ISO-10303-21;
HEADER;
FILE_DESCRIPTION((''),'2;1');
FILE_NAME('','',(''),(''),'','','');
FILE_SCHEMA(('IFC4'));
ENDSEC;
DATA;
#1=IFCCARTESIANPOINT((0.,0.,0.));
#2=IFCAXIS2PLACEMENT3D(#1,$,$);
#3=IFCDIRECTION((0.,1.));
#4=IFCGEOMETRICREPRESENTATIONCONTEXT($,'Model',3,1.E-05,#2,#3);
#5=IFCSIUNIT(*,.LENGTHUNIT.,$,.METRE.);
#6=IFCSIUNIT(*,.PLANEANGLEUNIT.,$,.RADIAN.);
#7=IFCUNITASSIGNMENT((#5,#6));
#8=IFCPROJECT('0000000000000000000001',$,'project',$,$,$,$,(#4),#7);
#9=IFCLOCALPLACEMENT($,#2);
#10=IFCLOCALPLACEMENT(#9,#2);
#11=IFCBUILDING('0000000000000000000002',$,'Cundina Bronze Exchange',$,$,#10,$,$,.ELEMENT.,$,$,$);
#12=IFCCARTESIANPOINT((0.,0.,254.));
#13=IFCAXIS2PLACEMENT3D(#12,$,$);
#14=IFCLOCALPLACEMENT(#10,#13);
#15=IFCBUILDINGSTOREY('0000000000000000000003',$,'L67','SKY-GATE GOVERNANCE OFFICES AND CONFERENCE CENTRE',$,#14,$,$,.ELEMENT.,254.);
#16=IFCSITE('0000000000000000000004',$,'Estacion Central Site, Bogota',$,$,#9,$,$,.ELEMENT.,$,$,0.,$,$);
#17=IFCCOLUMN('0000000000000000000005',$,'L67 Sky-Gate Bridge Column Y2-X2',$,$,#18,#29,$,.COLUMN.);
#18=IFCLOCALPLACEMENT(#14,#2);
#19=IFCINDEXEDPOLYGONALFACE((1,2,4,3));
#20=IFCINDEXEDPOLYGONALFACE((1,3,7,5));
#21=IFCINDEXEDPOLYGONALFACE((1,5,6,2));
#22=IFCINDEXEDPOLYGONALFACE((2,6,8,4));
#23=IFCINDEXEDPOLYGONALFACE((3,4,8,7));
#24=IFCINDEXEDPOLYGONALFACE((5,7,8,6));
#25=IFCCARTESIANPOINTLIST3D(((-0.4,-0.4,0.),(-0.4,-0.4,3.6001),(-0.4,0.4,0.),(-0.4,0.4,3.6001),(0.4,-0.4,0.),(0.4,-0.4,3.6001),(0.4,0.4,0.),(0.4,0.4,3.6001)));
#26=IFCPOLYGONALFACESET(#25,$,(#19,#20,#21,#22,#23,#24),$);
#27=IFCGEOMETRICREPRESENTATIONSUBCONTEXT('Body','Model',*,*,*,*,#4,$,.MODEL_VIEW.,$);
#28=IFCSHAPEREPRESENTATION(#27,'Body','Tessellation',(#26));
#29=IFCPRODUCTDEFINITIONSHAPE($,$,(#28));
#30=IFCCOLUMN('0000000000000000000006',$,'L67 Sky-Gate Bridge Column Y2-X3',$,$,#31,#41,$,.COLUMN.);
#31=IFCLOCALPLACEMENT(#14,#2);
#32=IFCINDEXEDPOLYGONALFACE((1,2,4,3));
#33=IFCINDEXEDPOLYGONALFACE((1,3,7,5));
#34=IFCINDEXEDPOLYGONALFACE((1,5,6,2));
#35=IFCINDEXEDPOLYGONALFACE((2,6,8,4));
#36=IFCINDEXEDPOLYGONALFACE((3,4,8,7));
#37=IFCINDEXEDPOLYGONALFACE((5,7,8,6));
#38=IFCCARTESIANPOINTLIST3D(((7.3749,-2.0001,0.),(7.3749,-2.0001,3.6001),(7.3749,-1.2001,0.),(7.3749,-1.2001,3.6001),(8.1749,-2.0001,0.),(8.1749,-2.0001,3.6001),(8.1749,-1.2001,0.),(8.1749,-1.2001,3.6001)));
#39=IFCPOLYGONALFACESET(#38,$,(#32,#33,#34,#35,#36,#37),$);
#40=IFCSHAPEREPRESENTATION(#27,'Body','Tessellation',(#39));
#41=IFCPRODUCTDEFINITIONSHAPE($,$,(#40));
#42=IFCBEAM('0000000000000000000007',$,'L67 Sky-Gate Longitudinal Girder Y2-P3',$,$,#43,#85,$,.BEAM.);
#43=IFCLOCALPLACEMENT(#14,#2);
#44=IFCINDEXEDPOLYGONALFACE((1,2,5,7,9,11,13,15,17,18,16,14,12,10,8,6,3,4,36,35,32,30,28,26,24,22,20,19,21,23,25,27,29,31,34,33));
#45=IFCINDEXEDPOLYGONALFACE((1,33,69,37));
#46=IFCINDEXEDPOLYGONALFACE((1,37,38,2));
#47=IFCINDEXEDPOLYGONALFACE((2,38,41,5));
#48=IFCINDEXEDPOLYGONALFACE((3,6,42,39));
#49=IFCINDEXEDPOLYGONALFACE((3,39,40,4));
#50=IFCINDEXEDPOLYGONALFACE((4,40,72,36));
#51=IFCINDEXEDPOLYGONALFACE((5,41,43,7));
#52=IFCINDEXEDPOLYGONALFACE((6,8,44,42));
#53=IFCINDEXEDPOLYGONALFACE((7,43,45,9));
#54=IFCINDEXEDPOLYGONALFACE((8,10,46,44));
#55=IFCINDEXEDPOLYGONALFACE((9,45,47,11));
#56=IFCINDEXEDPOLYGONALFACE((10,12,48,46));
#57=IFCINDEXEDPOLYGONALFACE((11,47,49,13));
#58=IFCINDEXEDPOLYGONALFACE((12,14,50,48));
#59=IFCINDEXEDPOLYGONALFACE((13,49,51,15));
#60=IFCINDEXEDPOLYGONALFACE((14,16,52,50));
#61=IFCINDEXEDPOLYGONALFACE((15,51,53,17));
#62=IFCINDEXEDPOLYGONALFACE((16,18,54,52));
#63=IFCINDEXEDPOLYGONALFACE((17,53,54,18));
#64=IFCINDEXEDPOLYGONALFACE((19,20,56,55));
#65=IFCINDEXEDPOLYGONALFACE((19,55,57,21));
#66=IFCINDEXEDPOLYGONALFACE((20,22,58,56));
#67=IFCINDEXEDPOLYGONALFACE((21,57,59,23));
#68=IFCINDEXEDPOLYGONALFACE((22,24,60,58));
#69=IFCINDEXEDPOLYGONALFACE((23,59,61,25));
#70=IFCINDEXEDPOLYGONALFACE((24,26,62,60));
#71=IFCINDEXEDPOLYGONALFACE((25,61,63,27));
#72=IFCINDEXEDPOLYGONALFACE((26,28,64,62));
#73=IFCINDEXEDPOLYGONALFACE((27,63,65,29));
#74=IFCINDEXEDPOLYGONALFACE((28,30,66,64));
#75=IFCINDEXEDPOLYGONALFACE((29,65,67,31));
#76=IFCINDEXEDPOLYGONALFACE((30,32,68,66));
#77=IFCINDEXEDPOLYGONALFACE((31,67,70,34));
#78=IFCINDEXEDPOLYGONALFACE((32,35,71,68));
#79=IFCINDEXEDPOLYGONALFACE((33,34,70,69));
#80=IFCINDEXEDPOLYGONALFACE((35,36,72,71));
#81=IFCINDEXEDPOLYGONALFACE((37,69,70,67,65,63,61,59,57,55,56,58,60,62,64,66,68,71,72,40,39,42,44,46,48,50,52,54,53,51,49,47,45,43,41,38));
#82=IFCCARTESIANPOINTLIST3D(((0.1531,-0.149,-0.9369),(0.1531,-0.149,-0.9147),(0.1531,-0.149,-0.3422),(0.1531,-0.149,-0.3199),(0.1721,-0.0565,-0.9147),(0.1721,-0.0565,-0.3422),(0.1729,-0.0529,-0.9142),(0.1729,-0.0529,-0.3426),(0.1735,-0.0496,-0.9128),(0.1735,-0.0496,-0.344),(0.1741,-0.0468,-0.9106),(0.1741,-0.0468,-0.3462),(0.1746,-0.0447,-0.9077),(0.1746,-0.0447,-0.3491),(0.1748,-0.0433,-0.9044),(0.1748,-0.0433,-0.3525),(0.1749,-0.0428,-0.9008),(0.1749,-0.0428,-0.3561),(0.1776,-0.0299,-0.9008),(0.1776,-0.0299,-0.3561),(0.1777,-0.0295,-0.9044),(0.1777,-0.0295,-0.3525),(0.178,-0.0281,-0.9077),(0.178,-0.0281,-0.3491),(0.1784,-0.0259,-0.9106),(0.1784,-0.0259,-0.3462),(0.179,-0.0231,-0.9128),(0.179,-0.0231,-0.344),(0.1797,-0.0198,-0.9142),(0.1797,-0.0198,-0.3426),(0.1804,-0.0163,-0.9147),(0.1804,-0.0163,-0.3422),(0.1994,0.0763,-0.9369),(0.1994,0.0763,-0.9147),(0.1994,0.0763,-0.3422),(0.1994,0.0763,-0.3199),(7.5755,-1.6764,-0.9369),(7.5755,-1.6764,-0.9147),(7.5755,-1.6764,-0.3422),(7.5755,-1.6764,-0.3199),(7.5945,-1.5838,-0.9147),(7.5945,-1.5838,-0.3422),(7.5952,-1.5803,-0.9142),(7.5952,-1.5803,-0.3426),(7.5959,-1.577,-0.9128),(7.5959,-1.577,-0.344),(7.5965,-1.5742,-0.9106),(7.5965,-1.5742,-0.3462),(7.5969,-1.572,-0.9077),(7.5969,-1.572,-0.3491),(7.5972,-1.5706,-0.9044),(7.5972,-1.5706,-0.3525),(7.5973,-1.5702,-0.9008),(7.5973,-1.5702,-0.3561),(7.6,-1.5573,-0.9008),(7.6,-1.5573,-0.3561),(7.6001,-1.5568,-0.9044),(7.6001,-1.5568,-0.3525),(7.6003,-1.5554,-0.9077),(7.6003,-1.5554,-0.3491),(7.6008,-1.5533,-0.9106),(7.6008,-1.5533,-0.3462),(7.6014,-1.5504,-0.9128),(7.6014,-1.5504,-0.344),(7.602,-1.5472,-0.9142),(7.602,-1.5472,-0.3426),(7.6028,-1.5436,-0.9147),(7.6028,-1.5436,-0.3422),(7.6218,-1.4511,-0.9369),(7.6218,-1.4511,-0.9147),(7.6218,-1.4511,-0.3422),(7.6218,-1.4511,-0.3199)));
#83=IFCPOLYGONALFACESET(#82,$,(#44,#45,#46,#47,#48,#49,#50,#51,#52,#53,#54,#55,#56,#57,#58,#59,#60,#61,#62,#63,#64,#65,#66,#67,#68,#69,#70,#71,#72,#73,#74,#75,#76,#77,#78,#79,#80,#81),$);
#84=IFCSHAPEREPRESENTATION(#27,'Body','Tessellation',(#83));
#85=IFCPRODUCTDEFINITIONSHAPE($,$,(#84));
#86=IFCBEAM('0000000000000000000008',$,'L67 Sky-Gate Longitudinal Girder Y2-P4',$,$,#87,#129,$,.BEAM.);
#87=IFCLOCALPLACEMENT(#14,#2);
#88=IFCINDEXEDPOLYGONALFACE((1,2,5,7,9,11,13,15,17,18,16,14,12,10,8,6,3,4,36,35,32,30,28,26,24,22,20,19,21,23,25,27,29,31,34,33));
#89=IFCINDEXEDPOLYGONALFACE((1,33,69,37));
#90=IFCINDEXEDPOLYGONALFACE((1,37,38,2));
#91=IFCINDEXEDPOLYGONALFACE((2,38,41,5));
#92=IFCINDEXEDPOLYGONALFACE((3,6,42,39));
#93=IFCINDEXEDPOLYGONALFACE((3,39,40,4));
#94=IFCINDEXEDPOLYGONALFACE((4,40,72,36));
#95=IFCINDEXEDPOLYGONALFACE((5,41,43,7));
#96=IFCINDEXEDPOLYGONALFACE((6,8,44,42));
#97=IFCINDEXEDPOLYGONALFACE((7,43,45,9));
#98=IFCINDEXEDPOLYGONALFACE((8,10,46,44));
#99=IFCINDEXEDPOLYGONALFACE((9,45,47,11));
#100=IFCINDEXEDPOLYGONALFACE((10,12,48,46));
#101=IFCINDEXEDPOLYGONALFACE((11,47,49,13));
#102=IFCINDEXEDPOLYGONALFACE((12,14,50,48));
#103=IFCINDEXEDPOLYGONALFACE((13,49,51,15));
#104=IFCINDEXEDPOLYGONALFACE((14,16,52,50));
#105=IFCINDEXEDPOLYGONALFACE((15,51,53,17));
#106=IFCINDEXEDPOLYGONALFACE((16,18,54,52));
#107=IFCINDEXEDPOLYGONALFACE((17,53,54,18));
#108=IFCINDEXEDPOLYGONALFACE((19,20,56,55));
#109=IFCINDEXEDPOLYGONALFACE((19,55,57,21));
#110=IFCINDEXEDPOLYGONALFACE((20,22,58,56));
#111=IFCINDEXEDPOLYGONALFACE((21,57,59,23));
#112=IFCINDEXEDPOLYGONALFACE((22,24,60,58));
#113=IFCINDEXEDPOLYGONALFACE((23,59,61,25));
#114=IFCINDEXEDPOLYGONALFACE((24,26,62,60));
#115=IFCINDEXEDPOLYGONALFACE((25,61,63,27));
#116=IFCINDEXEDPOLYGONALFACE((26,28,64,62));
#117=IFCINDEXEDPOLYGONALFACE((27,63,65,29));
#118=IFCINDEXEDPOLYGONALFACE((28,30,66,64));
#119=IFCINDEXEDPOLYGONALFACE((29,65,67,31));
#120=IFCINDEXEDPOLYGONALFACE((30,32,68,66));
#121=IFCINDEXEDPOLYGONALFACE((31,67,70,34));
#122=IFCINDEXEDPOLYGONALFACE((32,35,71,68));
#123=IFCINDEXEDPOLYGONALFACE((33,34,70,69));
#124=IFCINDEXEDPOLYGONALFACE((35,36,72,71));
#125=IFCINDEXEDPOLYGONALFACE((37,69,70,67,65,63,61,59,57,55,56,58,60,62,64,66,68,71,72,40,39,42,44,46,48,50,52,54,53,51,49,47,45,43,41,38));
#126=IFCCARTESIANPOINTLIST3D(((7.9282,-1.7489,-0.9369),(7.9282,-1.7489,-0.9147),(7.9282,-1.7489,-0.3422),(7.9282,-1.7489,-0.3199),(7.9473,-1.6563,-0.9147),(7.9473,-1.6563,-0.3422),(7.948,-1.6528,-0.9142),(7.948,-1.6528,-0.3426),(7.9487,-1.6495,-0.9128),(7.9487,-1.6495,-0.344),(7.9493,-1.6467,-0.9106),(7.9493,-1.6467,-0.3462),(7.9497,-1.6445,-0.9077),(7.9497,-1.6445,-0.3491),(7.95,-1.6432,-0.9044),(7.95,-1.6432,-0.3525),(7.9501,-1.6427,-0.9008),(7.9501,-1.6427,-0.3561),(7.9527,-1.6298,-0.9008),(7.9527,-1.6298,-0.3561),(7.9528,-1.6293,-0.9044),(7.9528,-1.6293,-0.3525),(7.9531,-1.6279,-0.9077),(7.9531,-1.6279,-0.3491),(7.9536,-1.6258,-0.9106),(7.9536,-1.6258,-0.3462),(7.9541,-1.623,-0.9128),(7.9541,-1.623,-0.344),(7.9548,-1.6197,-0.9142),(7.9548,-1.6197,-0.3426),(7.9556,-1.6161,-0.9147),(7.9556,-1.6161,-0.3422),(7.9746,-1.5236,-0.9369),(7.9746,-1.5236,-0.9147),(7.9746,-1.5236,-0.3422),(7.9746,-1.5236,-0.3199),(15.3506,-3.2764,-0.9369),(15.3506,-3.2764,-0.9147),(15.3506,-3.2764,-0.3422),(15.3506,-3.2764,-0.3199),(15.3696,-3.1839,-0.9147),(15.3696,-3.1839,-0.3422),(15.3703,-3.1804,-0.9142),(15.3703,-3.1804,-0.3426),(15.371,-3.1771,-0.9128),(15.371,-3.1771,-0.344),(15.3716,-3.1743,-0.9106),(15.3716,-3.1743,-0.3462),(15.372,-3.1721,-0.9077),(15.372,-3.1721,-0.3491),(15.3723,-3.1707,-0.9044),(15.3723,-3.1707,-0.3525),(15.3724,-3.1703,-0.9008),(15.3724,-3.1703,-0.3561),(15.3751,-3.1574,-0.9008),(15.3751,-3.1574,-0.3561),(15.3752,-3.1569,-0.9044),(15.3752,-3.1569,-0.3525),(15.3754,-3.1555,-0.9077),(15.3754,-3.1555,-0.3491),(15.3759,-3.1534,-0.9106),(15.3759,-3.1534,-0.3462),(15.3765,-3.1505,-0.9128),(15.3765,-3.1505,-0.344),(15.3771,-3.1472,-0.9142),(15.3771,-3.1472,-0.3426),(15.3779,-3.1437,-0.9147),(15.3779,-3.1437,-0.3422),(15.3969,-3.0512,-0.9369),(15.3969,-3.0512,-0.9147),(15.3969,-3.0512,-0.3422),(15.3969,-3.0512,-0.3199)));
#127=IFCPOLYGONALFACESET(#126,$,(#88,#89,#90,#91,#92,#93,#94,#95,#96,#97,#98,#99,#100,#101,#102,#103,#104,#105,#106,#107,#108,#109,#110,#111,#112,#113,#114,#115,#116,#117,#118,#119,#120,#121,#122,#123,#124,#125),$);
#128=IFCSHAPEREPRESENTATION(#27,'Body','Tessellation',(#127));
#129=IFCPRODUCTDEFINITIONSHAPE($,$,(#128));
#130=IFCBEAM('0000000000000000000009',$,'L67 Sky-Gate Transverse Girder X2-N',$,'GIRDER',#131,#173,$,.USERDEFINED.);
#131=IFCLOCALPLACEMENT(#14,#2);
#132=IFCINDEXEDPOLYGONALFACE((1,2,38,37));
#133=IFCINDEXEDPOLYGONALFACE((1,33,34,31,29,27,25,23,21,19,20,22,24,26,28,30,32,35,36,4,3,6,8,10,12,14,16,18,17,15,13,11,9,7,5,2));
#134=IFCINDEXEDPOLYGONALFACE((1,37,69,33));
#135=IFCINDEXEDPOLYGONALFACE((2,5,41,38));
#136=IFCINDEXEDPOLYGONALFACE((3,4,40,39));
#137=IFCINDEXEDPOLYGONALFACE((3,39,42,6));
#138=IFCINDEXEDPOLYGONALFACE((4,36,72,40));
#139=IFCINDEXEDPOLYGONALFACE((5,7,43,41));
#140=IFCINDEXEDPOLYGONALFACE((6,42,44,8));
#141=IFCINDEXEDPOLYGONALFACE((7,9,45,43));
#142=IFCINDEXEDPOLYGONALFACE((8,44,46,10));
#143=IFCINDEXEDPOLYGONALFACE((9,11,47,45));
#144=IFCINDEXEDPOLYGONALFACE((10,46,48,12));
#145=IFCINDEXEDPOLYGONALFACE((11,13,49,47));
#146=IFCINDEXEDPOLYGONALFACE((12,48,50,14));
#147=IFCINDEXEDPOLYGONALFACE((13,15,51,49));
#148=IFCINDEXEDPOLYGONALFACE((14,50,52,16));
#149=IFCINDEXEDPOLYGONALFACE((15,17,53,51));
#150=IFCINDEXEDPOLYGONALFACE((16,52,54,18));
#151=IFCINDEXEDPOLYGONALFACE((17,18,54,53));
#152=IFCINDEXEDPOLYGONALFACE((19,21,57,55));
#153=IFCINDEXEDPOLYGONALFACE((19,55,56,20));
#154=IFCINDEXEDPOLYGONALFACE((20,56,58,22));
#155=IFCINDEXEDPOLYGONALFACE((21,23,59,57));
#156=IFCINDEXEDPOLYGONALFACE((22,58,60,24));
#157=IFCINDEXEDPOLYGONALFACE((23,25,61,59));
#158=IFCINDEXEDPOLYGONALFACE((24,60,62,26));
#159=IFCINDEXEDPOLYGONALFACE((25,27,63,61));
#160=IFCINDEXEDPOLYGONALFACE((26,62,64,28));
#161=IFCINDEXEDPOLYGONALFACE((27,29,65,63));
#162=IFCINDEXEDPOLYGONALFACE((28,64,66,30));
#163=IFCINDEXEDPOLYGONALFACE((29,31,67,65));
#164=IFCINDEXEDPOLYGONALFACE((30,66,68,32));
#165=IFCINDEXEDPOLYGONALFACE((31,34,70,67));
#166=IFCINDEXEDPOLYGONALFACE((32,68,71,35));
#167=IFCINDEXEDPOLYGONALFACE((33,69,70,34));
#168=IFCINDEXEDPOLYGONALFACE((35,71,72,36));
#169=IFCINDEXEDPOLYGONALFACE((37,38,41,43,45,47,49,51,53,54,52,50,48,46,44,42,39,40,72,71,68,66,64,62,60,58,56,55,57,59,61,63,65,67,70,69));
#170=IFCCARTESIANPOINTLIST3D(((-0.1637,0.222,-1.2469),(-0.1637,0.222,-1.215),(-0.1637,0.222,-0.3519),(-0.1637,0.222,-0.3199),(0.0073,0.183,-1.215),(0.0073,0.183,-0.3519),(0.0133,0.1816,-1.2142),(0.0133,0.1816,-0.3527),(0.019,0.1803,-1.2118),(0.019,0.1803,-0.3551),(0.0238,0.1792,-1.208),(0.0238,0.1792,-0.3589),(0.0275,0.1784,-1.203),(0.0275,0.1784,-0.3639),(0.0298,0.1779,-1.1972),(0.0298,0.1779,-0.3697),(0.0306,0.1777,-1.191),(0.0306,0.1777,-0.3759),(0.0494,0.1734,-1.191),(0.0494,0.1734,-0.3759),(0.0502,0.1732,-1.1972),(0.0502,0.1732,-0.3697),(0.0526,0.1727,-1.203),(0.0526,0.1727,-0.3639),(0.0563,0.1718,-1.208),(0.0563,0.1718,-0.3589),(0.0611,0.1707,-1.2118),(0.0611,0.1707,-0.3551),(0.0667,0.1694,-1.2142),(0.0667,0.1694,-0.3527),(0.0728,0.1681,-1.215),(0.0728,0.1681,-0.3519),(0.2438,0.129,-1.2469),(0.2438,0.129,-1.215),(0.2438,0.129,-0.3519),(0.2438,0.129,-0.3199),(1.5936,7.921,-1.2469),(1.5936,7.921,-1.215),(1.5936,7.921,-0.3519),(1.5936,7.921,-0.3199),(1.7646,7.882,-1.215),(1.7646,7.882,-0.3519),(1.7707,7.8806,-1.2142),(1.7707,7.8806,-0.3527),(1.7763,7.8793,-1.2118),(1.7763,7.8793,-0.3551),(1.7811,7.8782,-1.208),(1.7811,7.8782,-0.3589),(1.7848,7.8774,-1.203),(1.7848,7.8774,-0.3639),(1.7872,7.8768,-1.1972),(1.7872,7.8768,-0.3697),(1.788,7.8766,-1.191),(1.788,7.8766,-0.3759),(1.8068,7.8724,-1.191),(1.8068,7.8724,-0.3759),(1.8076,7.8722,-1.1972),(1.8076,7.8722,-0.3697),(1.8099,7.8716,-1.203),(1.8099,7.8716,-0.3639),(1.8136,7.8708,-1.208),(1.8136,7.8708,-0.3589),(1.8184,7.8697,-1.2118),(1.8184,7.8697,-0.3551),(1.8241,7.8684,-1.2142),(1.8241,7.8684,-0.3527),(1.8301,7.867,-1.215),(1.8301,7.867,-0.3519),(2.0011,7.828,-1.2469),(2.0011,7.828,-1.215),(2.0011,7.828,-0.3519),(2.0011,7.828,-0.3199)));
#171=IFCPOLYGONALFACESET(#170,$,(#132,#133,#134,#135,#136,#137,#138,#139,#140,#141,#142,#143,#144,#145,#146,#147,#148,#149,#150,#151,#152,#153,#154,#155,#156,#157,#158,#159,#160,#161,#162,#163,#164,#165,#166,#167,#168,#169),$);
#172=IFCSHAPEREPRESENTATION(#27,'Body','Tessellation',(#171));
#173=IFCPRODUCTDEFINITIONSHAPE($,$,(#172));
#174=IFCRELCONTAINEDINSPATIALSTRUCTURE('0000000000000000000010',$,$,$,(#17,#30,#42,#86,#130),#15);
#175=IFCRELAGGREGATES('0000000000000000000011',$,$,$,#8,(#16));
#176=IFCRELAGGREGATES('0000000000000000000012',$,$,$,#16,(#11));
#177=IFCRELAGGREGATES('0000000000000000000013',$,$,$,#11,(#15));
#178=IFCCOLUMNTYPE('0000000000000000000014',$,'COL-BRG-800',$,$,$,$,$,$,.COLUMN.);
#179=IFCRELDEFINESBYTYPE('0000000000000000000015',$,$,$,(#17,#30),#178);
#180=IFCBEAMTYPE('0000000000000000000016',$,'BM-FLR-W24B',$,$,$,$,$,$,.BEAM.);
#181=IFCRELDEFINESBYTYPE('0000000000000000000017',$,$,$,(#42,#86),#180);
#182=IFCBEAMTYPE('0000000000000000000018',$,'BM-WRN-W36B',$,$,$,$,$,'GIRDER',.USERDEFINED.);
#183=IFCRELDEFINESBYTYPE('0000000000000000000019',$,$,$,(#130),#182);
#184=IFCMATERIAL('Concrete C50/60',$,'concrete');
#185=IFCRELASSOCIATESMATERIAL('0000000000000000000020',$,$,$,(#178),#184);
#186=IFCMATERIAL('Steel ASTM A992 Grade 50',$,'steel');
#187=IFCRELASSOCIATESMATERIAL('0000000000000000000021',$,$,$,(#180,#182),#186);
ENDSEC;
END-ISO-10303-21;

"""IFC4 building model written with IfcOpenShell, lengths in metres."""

from ifc_helpers import new_model, si_unit, direction, frame, origin, origin_2d, place, context, subcontext, project, spatial, rectangle, i_section, extrude, material, material_profile, profile_set, type_object, element, save


model = new_model("IFC4")

# Units and contexts
model_context = context("Model", 3, precision=1e-05, world=origin(), true_north=direction((0.0, 1.0)))
body_context = subcontext(model_context, "Body", "Model", "MODEL_VIEW")
ifc_project = project(units=[si_unit("LENGTHUNIT", "METRE"), si_unit("PLANEANGLEUNIT", "RADIAN")], contexts=[model_context])

# Site, building, storey
site_placement = place(None, origin())
site = spatial("IfcSite", under=ifc_project, at=site_placement, Name="Estacion Central Site, Bogota", CompositionType="ELEMENT", RefElevation=0.0)
building_placement = place(site_placement, origin())
building = spatial("IfcBuilding", under=site, at=building_placement, Name="Cundina Bronze Exchange", CompositionType="ELEMENT")
storey_placement = place(building_placement, frame((0.0, 0.0, 254.0)))
storey = spatial("IfcBuildingStorey", under=building, at=storey_placement, Name="L67", Description="SKY-GATE GOVERNANCE OFFICES AND CONFERENCE CENTRE", CompositionType="ELEMENT", Elevation=254.0)

# Columns
ifc_material_1 = material(Name="Concrete C50/60", Category="concrete")
ifc_material_profile_1 = material_profile(ifc_material_1, rectangle(XDim=0.8, YDim=0.8, at=origin_2d()), Name="RC800X800", Category="concrete")
ifc_profile_set_1 = profile_set([ifc_material_profile_1], Name="Concrete C50/60")
column_type = type_object("IfcColumnType", Name="COL-BRG-800", PredefinedType="COLUMN", material=ifc_profile_set_1)
for number, where, z_axis, x_axis, name in (
    (1, (0.0, 0.0, 0.0), (0.0, 0.0, 1.0), (1.0, 0.0, 0.0), "L67 Sky-Gate Bridge Column Y2-X2"),
    (2, (7.7749, -1.6001, 0.0), (0.0, 0.0, 1.0), (1.0, 0.0, 0.0), "L67 Sky-Gate Bridge Column Y2-X3"),
):
    element("IfcColumn", number, at=place(storey_placement, frame(where, z_axis=z_axis, x_axis=x_axis)), inside=storey, type_object=column_type, Name=name, PredefinedType="COLUMN", context=body_context, shape_type="SweptSolid", body=[
        extrude(rectangle(XDim=0.8, YDim=0.8, at=origin_2d()), origin(), (0.0, 0.0, 1.0), 3.6001),
    ])

# Beams
ifc_material_2 = material(Name="Steel ASTM A992 Grade 50", Category="steel")
ifc_material_profile_2 = material_profile(ifc_material_2, i_section(OverallWidth=0.23, OverallDepth=0.6169, WebThickness=0.0132, FlangeThickness=0.0222, FilletRadius=0.0139, at=origin_2d()), Name="W24X94", Category="steel")
ifc_profile_set_2 = profile_set([ifc_material_profile_2], Name="Steel ASTM A992 Grade 50")
beam_type_1 = type_object("IfcBeamType", Name="BM-FLR-W24B", PredefinedType="BEAM", material=ifc_profile_set_2)
for number, where, z_axis, x_axis, name in (
    (3, (0.1763, -0.0364, -0.6284), (0.979478, -0.201553, 0.0), (0.201553, 0.979478, 0.0), "L67 Sky-Gate Longitudinal Girder Y2-P3"),
    (4, (7.9514, -1.6362, -0.6284), (0.979471, -0.201584, 0.0), (0.201584, 0.979471, 0.0), "L67 Sky-Gate Longitudinal Girder Y2-P4"),
):
    element("IfcBeam", number, at=place(storey_placement, frame(where, z_axis=z_axis, x_axis=x_axis)), inside=storey, type_object=beam_type_1, Name=name, PredefinedType="BEAM", context=body_context, shape_type="SweptSolid", body=[
        extrude(i_section(OverallWidth=0.23, OverallDepth=0.6169, WebThickness=0.0132, FlangeThickness=0.0222, FilletRadius=0.0139, at=origin_2d()), origin(), (0.0, 0.0, 1.0), 7.5779),
    ])
ifc_material_profile_3 = material_profile(ifc_material_2, i_section(OverallWidth=0.418, OverallDepth=0.927, WebThickness=0.0193, FlangeThickness=0.032, FilletRadius=0.0239, at=origin_2d()), Name="W36X231", Category="steel")
ifc_profile_set_3 = profile_set([ifc_material_profile_3], Name="Steel ASTM A992 Grade 50")
beam_type_2 = type_object("IfcBeamType", Name="BM-WRN-W36B", ElementType="GIRDER", PredefinedType="USERDEFINED", material=ifc_profile_set_3)
beam_1_placement = place(storey_placement, frame((0.04, 0.1755, -0.7834), z_axis=(0.222531, 0.974926, 0.0), x_axis=(-0.974926, 0.222531, 0.0)))
element("IfcBeam", 5, at=beam_1_placement, inside=storey, type_object=beam_type_2, Name="L67 Sky-Gate Transverse Girder X2-N", ObjectType="GIRDER", PredefinedType="USERDEFINED", context=body_context, shape_type="SweptSolid", body=[
    extrude(i_section(OverallWidth=0.418, OverallDepth=0.927, WebThickness=0.0193, FlangeThickness=0.032, FilletRadius=0.0239, at=origin_2d()), origin(), (0.0, 0.0, 1.0), 7.897),
])

save(model, "model.ifc")
